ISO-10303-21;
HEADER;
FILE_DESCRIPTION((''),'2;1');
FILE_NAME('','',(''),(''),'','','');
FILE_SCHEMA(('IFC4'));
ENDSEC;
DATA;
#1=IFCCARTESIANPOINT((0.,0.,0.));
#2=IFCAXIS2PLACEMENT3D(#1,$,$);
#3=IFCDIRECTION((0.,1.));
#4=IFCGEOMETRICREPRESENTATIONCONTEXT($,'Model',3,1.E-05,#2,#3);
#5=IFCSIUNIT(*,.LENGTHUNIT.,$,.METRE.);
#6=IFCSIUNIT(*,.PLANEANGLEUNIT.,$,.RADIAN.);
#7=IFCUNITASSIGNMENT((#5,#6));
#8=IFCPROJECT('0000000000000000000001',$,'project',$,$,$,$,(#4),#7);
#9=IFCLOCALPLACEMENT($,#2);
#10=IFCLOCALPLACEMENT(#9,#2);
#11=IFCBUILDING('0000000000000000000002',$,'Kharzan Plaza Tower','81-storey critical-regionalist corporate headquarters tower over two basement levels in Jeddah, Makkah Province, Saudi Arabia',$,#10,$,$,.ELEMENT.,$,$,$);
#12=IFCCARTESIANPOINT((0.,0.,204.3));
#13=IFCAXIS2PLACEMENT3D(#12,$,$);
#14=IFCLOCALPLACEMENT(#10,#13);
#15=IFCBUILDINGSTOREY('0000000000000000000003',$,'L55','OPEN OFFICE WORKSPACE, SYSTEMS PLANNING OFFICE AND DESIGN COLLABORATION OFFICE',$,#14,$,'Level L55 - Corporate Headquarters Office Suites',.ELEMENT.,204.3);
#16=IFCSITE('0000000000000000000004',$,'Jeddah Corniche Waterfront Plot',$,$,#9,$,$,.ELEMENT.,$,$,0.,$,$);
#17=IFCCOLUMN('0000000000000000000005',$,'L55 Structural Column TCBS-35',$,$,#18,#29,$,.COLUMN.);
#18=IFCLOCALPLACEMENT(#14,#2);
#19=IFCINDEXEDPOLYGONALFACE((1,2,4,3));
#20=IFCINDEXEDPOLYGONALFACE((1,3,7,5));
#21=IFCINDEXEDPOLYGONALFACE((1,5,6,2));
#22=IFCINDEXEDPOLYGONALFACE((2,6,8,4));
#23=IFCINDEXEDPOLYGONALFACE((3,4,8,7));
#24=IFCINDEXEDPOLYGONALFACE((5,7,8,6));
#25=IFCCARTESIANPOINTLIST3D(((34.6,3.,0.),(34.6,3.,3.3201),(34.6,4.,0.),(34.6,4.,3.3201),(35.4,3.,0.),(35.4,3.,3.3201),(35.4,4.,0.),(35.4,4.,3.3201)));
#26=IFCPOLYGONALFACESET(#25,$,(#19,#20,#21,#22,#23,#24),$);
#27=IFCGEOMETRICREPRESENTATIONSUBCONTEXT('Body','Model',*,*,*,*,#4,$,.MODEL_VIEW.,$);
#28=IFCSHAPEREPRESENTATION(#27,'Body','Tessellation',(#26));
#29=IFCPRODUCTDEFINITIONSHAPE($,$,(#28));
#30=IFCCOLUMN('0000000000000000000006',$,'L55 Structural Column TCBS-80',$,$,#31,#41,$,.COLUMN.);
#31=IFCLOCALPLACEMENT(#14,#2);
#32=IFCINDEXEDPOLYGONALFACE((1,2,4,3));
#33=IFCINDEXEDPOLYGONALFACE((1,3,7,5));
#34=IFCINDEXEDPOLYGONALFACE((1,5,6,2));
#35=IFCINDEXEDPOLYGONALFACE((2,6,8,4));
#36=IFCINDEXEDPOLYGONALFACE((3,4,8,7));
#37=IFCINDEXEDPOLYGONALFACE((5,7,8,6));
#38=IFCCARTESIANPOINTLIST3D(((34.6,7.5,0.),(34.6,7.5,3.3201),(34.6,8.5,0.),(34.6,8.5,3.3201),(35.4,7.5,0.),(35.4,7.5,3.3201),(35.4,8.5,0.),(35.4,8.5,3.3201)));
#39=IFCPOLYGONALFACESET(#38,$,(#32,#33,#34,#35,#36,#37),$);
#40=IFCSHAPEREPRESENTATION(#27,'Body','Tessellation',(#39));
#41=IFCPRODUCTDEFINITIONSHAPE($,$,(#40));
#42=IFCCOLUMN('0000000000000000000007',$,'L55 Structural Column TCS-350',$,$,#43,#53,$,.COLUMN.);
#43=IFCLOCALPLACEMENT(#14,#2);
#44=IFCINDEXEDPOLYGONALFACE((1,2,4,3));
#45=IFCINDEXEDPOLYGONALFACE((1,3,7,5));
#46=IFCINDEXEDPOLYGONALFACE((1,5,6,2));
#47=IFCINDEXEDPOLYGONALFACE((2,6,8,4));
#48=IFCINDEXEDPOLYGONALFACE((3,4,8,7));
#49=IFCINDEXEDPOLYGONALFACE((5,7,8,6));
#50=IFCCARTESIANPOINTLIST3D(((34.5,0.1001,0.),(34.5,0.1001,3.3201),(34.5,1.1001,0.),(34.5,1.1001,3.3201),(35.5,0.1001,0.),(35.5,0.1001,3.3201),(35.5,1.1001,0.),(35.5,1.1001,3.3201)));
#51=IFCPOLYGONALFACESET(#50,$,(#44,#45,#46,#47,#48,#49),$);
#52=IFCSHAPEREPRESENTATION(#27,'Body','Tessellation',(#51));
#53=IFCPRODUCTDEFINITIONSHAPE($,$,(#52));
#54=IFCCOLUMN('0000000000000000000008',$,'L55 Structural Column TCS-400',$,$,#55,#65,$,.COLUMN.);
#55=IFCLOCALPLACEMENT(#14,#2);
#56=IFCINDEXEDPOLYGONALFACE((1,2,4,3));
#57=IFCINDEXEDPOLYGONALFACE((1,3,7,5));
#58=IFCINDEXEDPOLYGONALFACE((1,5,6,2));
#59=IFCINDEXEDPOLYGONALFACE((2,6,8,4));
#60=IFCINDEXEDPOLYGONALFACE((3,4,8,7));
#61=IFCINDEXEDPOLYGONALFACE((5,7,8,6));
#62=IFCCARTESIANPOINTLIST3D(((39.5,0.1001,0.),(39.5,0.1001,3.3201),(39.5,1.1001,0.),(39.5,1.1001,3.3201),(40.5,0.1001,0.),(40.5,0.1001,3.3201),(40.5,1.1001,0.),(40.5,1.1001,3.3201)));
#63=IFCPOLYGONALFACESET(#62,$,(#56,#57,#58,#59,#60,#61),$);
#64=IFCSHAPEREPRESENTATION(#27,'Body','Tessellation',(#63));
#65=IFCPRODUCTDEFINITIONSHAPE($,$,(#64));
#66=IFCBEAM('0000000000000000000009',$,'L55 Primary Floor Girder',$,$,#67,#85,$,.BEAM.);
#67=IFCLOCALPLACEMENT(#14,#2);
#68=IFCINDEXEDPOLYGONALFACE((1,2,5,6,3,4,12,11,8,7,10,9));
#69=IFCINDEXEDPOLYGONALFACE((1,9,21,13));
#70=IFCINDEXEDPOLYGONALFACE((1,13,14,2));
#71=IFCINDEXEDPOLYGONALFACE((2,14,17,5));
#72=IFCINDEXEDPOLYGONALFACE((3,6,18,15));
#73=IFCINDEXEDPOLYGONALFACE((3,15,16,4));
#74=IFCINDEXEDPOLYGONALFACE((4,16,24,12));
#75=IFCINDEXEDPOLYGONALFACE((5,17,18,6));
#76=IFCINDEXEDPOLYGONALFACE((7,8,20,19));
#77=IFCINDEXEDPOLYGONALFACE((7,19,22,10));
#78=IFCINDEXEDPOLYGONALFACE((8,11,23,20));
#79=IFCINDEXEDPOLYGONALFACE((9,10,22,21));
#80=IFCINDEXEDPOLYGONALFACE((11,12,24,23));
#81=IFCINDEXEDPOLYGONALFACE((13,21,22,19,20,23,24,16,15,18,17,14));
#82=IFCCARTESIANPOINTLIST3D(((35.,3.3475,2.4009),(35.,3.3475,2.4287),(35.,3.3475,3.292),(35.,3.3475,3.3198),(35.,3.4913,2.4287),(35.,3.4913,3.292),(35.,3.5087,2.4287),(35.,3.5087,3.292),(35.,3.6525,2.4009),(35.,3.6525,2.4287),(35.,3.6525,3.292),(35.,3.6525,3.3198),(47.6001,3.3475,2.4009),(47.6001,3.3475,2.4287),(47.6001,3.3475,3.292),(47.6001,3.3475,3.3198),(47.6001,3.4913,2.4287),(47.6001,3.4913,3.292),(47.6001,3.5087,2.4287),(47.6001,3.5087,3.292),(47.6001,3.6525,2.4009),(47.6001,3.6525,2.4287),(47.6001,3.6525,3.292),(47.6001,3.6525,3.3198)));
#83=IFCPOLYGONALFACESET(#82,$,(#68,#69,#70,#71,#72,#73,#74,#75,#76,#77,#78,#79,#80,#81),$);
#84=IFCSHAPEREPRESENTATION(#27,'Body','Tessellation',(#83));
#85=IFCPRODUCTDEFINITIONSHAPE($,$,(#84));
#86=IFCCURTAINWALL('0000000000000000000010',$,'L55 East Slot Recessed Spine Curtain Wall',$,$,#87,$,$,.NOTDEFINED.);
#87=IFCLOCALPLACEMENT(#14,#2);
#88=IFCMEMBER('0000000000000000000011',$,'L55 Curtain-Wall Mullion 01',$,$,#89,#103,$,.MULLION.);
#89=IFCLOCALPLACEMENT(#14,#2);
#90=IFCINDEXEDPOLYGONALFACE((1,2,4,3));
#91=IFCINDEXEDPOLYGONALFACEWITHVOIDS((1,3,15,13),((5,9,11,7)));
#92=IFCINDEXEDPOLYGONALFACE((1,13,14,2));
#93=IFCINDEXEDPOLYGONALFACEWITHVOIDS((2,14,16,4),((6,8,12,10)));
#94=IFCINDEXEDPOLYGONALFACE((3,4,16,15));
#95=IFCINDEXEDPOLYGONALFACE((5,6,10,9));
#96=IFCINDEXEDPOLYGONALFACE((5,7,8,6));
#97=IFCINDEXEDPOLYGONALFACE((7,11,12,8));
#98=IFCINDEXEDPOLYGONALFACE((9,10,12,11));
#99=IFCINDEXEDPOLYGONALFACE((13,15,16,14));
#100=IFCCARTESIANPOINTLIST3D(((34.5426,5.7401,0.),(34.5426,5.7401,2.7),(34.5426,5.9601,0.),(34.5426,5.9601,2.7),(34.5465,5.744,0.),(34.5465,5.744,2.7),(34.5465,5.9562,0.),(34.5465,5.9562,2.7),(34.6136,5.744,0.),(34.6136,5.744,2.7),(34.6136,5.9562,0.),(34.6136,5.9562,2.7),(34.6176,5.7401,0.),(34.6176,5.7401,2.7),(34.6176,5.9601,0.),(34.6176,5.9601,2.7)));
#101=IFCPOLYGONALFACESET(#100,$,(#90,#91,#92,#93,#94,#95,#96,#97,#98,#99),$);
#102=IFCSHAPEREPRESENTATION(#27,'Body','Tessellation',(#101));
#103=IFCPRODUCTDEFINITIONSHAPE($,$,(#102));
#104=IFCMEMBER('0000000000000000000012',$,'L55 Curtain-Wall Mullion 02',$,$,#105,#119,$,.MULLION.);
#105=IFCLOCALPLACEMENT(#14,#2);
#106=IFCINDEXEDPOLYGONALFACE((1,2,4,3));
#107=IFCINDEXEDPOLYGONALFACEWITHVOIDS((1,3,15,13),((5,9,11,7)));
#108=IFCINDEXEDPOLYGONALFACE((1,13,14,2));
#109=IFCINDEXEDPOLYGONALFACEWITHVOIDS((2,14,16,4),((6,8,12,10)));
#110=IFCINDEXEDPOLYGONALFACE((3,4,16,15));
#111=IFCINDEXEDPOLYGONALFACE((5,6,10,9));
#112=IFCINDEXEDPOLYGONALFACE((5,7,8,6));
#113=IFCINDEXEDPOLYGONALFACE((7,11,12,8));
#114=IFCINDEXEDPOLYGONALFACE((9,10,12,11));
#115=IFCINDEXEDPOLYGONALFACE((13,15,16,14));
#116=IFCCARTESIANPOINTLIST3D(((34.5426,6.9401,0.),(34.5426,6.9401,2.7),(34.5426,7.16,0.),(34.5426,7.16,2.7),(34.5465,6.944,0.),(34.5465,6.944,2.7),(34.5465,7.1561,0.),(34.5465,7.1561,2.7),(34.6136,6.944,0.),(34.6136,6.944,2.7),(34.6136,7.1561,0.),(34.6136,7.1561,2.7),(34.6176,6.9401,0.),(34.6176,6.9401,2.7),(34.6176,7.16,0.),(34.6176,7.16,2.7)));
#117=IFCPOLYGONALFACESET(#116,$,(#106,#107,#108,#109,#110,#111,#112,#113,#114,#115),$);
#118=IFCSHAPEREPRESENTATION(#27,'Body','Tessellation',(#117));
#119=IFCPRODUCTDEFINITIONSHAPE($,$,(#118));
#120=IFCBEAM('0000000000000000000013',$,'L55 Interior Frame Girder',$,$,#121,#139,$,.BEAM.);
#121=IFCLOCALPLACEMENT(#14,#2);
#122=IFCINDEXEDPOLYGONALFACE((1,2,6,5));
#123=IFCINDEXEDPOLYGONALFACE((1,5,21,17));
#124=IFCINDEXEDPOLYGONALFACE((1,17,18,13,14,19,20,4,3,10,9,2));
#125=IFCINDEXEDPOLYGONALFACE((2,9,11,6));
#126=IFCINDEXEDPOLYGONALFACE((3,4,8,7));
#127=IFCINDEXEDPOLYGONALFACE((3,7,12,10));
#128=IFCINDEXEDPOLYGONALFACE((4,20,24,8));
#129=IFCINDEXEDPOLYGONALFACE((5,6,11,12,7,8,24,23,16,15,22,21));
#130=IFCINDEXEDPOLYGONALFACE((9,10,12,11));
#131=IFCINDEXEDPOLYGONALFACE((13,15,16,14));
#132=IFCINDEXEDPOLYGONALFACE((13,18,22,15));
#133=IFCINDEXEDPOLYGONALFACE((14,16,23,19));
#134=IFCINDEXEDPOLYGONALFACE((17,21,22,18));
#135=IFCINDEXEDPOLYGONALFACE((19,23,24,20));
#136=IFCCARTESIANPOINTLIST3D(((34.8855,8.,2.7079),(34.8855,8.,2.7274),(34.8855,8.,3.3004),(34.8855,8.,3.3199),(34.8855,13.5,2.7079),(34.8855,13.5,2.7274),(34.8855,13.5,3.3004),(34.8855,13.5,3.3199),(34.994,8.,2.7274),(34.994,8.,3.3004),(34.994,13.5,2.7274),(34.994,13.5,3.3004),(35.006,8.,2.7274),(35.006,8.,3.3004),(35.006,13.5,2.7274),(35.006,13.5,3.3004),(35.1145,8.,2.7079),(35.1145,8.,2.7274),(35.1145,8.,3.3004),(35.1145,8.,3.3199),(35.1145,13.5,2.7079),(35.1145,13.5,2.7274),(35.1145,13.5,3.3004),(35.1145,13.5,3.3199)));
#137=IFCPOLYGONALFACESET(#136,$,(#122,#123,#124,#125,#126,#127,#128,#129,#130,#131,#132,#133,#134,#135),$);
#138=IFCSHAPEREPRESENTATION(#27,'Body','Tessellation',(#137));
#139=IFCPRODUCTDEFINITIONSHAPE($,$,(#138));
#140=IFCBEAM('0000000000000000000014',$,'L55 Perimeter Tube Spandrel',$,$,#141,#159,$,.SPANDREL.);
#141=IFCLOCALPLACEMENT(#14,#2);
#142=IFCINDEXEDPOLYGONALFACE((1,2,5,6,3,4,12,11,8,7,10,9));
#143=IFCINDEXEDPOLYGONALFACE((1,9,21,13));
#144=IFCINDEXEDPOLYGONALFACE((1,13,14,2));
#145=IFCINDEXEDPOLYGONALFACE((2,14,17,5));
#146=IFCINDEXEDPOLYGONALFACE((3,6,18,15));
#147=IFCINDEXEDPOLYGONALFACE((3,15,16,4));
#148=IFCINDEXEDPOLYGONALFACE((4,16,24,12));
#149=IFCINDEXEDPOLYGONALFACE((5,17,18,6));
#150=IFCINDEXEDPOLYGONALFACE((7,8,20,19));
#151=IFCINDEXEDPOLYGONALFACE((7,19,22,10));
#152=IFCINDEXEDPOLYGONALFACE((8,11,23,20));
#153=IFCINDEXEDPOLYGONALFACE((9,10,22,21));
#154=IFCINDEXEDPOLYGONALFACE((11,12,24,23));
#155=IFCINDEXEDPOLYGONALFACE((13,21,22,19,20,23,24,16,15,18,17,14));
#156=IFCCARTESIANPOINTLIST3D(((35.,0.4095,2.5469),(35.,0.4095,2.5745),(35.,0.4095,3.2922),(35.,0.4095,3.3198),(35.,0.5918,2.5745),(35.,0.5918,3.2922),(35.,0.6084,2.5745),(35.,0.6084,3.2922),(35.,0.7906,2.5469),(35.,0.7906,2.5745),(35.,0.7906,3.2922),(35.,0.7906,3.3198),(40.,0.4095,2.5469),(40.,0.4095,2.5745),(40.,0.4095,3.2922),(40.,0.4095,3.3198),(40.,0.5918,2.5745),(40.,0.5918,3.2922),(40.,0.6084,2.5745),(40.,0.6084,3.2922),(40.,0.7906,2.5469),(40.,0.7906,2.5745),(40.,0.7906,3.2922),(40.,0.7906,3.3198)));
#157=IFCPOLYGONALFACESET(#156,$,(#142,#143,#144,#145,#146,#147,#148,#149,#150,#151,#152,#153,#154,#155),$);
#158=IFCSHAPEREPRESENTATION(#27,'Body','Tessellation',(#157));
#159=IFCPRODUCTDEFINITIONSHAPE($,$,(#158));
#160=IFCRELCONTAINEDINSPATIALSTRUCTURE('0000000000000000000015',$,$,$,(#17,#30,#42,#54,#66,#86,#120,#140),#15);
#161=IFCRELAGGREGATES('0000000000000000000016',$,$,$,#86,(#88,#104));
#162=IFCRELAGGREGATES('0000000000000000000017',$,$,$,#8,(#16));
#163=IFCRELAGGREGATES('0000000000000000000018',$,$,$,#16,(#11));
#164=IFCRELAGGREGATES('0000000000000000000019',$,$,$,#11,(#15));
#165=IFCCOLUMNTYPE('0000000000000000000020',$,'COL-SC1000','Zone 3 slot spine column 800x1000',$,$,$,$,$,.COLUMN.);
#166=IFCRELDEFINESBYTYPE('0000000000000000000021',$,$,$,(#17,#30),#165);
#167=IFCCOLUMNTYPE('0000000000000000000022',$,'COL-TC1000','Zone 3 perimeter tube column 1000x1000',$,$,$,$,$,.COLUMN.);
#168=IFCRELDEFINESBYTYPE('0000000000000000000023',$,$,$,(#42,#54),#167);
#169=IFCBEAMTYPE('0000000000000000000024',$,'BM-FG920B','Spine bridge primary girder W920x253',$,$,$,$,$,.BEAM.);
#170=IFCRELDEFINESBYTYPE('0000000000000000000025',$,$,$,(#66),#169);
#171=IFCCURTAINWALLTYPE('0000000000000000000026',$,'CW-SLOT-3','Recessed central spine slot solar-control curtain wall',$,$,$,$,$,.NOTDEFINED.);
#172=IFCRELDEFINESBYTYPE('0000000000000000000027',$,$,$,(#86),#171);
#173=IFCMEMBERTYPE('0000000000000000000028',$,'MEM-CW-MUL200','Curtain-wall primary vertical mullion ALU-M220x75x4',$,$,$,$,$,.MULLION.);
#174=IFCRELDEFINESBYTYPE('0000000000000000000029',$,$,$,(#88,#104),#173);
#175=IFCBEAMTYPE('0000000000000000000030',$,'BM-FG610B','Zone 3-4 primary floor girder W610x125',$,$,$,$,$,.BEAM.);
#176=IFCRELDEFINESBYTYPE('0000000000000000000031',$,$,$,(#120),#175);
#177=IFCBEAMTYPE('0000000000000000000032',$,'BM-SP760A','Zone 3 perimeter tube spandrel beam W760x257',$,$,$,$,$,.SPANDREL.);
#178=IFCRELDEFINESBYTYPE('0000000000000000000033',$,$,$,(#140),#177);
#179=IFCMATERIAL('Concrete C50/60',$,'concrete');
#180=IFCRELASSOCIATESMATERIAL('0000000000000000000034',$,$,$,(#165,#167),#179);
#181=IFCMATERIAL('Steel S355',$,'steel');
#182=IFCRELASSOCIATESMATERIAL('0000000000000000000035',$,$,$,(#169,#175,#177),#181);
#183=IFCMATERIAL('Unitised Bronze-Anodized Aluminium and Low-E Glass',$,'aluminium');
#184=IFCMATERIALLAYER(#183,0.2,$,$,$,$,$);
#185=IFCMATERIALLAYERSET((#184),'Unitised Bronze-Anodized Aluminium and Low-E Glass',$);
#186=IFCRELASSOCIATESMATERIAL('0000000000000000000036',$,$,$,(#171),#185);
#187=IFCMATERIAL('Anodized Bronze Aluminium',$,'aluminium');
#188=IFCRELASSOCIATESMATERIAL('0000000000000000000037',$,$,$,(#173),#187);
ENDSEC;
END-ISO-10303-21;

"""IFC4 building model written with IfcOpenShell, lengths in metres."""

from ifc_helpers import new_model, si_unit, direction, frame, origin, origin_2d, place, context, subcontext, project, spatial, rectangle, hollow_rectangle, i_section, extrude, source, transform, mapped, material, layer, layer_set, material_profile, profile_set, type_object, element, aggregate, save


model = new_model("IFC4")

# Units and contexts
model_context = context("Model", 3, precision=1e-05, world=origin(), true_north=direction((0.0, 1.0)))
body_context = subcontext(model_context, "Body", "Model", "MODEL_VIEW")
ifc_project = project(units=[si_unit("LENGTHUNIT", "METRE"), si_unit("PLANEANGLEUNIT", "RADIAN")], contexts=[model_context])

# Site, building, storey
site_placement = place(None, origin())
site = spatial("IfcSite", under=ifc_project, at=site_placement, Name="Jeddah Corniche Waterfront Plot", CompositionType="ELEMENT", RefElevation=0.0)
building_placement = place(site_placement, origin())
building = spatial("IfcBuilding", under=site, at=building_placement, Name="Kharzan Plaza Tower", Description="81-storey critical-regionalist corporate headquarters tower over two basement levels in Jeddah, Makkah Province, Saudi Arabia", CompositionType="ELEMENT")
storey_placement = place(building_placement, frame((0.0, 0.0, 204.3)))
storey = spatial("IfcBuildingStorey", under=building, at=storey_placement, Name="L55", Description="OPEN OFFICE WORKSPACE, SYSTEMS PLANNING OFFICE AND DESIGN COLLABORATION OFFICE", LongName="Level L55 - Corporate Headquarters Office Suites", CompositionType="ELEMENT", Elevation=204.3)

# Columns
ifc_material_1 = material(Name="Concrete C50/60", Category="concrete")
ifc_material_profile_1 = material_profile(ifc_material_1, rectangle(XDim=0.8, YDim=1.0, at=origin_2d()), Name="RC-SC1000x800")
ifc_profile_set_1 = profile_set([ifc_material_profile_1], Name="Concrete C50/60")
column_type_1 = type_object("IfcColumnType", Name="COL-SC1000", Description="Zone 3 slot spine column 800x1000", PredefinedType="COLUMN", material=ifc_profile_set_1)
shared_shape_1 = source(origin(), body_context, "Body", "SweptSolid", [
    extrude(rectangle(XDim=0.8, YDim=1.0, at=origin_2d()), origin(), (0.0, 0.0, 1.0), 3.3201),
])
for number, where, z_axis, x_axis, name in (
    (1, (35.0, 3.5, 0.0), (0.0, 0.0, 1.0), (1.0, 0.0, 0.0), "L55 Structural Column TCBS-35"),
    (2, (35.0, 8.0, 0.0), (0.0, 0.0, 1.0), (1.0, 0.0, 0.0), "L55 Structural Column TCBS-80"),
):
    element("IfcColumn", number, at=place(storey_placement, frame(where, z_axis=z_axis, x_axis=x_axis)), inside=storey, type_object=column_type_1, Name=name, PredefinedType="COLUMN", context=body_context, shape_type="MappedRepresentation", body=[
        mapped(shared_shape_1, transform((0.0, 0.0, 0.0), x_axis=(1.0, 0.0, 0.0), y_axis=(0.0, 1.0, 0.0), z_axis=(0.0, 0.0, 1.0))),
    ])
ifc_material_profile_2 = material_profile(ifc_material_1, rectangle(XDim=1.0, YDim=1.0, at=origin_2d()), Name="RC-TC1000x1000")
ifc_profile_set_2 = profile_set([ifc_material_profile_2], Name="Concrete C50/60")
column_type_2 = type_object("IfcColumnType", Name="COL-TC1000", Description="Zone 3 perimeter tube column 1000x1000", PredefinedType="COLUMN", material=ifc_profile_set_2)
shared_shape_2 = source(origin(), body_context, "Body", "SweptSolid", [
    extrude(rectangle(XDim=1.0, YDim=1.0, at=origin_2d()), origin(), (0.0, 0.0, 1.0), 3.3201),
])
for number, where, z_axis, x_axis, name in (
    (3, (35.0, 0.6001, 0.0), (0.0, 0.0, 1.0), (1.0, 0.0, 0.0), "L55 Structural Column TCS-350"),
    (4, (40.0, 0.6001, 0.0), (0.0, 0.0, 1.0), (1.0, 0.0, 0.0), "L55 Structural Column TCS-400"),
):
    element("IfcColumn", number, at=place(storey_placement, frame(where, z_axis=z_axis, x_axis=x_axis)), inside=storey, type_object=column_type_2, Name=name, PredefinedType="COLUMN", context=body_context, shape_type="MappedRepresentation", body=[
        mapped(shared_shape_2, transform((0.0, 0.0, 0.0), x_axis=(1.0, 0.0, 0.0), y_axis=(0.0, 1.0, 0.0), z_axis=(0.0, 0.0, 1.0))),
    ])

# Beam
ifc_material_2 = material(Name="Steel S355", Category="steel")
ifc_material_profile_3 = material_profile(ifc_material_2, i_section(OverallWidth=0.3049, OverallDepth=0.9189, WebThickness=0.0173, FlangeThickness=0.0278, at=origin_2d()), Name="W920x253")
ifc_profile_set_3 = profile_set([ifc_material_profile_3], Name="Steel S355")
beam_type_1 = type_object("IfcBeamType", Name="BM-FG920B", Description="Spine bridge primary girder W920x253", PredefinedType="BEAM", material=ifc_profile_set_3)
shared_shape_3 = source(origin(), body_context, "Body", "SweptSolid", [
    extrude(i_section(OverallWidth=0.3049, OverallDepth=0.9189, WebThickness=0.0173, FlangeThickness=0.0278, at=origin_2d()), origin(), (0.0, 0.0, 1.0), 12.6001),
])
beam_1_placement = place(storey_placement, frame((35.0, 3.5, 2.8604), z_axis=(1.0, 0.0, 0.0), x_axis=(0.0, 1.0, 0.0)))
element("IfcBeam", 5, at=beam_1_placement, inside=storey, type_object=beam_type_1, Name="L55 Primary Floor Girder", PredefinedType="BEAM", context=body_context, shape_type="MappedRepresentation", body=[
    mapped(shared_shape_3, transform((0.0, 0.0, 0.0), x_axis=(1.0, 0.0, 0.0), y_axis=(0.0, 1.0, 0.0), z_axis=(0.0, 0.0, 1.0))),
])

# Curtain wall, members
ifc_material_3 = material(Name="Unitised Bronze-Anodized Aluminium and Low-E Glass", Category="aluminium")
ifc_layer_1 = layer(ifc_material_3, 0.2)
ifc_layer_set_1 = layer_set([ifc_layer_1], Name="Unitised Bronze-Anodized Aluminium and Low-E Glass")
curtain_wall_type = type_object("IfcCurtainWallType", Name="CW-SLOT-3", Description="Recessed central spine slot solar-control curtain wall", PredefinedType="NOTDEFINED", material=ifc_layer_set_1)
curtain_wall_placement = place(storey_placement, origin())
curtain_wall = element("IfcCurtainWall", 6, at=curtain_wall_placement, inside=storey, type_object=curtain_wall_type, Name="L55 East Slot Recessed Spine Curtain Wall", PredefinedType="NOTDEFINED")
ifc_material_4 = material(Name="Anodized Bronze Aluminium", Category="aluminium")
ifc_material_profile_4 = material_profile(ifc_material_4, hollow_rectangle(XDim=0.075, YDim=0.22, WallThickness=0.0039, at=origin_2d()), Name="ALU-M220x75x4")
ifc_profile_set_4 = profile_set([ifc_material_profile_4], Name="Anodized Bronze Aluminium")
member_type = type_object("IfcMemberType", Name="MEM-CW-MUL200", Description="Curtain-wall primary vertical mullion ALU-M220x75x4", PredefinedType="MULLION", material=ifc_profile_set_4)
shared_shape_4 = source(origin(), body_context, "Body", "SweptSolid", [
    extrude(hollow_rectangle(XDim=0.075, YDim=0.22, WallThickness=0.0039, at=origin_2d()), origin(), (0.0, 0.0, 1.0), 2.7),
])
member_1_placement = place(storey_placement, frame((34.5801, 5.8501, 0.0), z_axis=(0.0, 0.0, 1.0), x_axis=(1.0, 0.0, 0.0)))
member_1 = element("IfcMember", 7, at=member_1_placement, type_object=member_type, Name="L55 Curtain-Wall Mullion 01", PredefinedType="MULLION", context=body_context, shape_type="MappedRepresentation", body=[
    mapped(shared_shape_4, transform((0.0, 0.0, 0.0), x_axis=(1.0, 0.0, 0.0), y_axis=(0.0, 1.0, 0.0), z_axis=(0.0, 0.0, 1.0))),
])
member_2_placement = place(storey_placement, frame((34.5801, 7.05, 0.0), z_axis=(0.0, 0.0, 1.0), x_axis=(1.0, 0.0, 0.0)))
member_2 = element("IfcMember", 8, at=member_2_placement, type_object=member_type, Name="L55 Curtain-Wall Mullion 02", PredefinedType="MULLION", context=body_context, shape_type="MappedRepresentation", body=[
    mapped(shared_shape_4, transform((0.0, 0.0, 0.0), x_axis=(1.0, 0.0, 0.0), y_axis=(0.0, 1.0, 0.0), z_axis=(0.0, 0.0, 1.0))),
])

# Beams
ifc_material_profile_5 = material_profile(ifc_material_2, i_section(OverallWidth=0.229, OverallDepth=0.6121, WebThickness=0.012, FlangeThickness=0.0195, at=origin_2d()), Name="W610x125")
ifc_profile_set_5 = profile_set([ifc_material_profile_5], Name="Steel S355")
beam_type_2 = type_object("IfcBeamType", Name="BM-FG610B", Description="Zone 3-4 primary floor girder W610x125", PredefinedType="BEAM", material=ifc_profile_set_5)
shared_shape_5 = source(origin(), body_context, "Body", "SweptSolid", [
    extrude(i_section(OverallWidth=0.229, OverallDepth=0.6121, WebThickness=0.012, FlangeThickness=0.0195, at=origin_2d()), origin(), (0.0, 0.0, 1.0), 5.5),
])
beam_2_placement = place(storey_placement, frame((35.0, 8.0, 3.0139), z_axis=(0.0, 1.0, 0.0), x_axis=(-1.0, 0.0, 0.0)))
element("IfcBeam", 9, at=beam_2_placement, inside=storey, type_object=beam_type_2, Name="L55 Interior Frame Girder", PredefinedType="BEAM", context=body_context, shape_type="MappedRepresentation", body=[
    mapped(shared_shape_5, transform((0.0, 0.0, 0.0), x_axis=(1.0, 0.0, 0.0), y_axis=(0.0, 1.0, 0.0), z_axis=(0.0, 0.0, 1.0))),
])
ifc_material_profile_6 = material_profile(ifc_material_2, i_section(OverallWidth=0.3811, OverallDepth=0.7729, WebThickness=0.0166, FlangeThickness=0.0276, at=origin_2d()), Name="W760x257")
ifc_profile_set_6 = profile_set([ifc_material_profile_6], Name="Steel S355")
beam_type_3 = type_object("IfcBeamType", Name="BM-SP760A", Description="Zone 3 perimeter tube spandrel beam W760x257", PredefinedType="SPANDREL", material=ifc_profile_set_6)
shared_shape_6 = source(origin(), body_context, "Body", "SweptSolid", [
    extrude(i_section(OverallWidth=0.3811, OverallDepth=0.7729, WebThickness=0.0166, FlangeThickness=0.0276, at=origin_2d()), origin(), (0.0, 0.0, 1.0), 5.0),
])
beam_3_placement = place(storey_placement, frame((35.0, 0.6001, 2.9333), z_axis=(1.0, 0.0, 0.0), x_axis=(0.0, 1.0, 0.0)))
element("IfcBeam", 10, at=beam_3_placement, inside=storey, type_object=beam_type_3, Name="L55 Perimeter Tube Spandrel", PredefinedType="SPANDREL", context=body_context, shape_type="MappedRepresentation", body=[
    mapped(shared_shape_6, transform((0.0, 0.0, 0.0), x_axis=(1.0, 0.0, 0.0), y_axis=(0.0, 1.0, 0.0), z_axis=(0.0, 0.0, 1.0))),
])

aggregate(curtain_wall, [member_1, member_2])

save(model, "model.ifc")
